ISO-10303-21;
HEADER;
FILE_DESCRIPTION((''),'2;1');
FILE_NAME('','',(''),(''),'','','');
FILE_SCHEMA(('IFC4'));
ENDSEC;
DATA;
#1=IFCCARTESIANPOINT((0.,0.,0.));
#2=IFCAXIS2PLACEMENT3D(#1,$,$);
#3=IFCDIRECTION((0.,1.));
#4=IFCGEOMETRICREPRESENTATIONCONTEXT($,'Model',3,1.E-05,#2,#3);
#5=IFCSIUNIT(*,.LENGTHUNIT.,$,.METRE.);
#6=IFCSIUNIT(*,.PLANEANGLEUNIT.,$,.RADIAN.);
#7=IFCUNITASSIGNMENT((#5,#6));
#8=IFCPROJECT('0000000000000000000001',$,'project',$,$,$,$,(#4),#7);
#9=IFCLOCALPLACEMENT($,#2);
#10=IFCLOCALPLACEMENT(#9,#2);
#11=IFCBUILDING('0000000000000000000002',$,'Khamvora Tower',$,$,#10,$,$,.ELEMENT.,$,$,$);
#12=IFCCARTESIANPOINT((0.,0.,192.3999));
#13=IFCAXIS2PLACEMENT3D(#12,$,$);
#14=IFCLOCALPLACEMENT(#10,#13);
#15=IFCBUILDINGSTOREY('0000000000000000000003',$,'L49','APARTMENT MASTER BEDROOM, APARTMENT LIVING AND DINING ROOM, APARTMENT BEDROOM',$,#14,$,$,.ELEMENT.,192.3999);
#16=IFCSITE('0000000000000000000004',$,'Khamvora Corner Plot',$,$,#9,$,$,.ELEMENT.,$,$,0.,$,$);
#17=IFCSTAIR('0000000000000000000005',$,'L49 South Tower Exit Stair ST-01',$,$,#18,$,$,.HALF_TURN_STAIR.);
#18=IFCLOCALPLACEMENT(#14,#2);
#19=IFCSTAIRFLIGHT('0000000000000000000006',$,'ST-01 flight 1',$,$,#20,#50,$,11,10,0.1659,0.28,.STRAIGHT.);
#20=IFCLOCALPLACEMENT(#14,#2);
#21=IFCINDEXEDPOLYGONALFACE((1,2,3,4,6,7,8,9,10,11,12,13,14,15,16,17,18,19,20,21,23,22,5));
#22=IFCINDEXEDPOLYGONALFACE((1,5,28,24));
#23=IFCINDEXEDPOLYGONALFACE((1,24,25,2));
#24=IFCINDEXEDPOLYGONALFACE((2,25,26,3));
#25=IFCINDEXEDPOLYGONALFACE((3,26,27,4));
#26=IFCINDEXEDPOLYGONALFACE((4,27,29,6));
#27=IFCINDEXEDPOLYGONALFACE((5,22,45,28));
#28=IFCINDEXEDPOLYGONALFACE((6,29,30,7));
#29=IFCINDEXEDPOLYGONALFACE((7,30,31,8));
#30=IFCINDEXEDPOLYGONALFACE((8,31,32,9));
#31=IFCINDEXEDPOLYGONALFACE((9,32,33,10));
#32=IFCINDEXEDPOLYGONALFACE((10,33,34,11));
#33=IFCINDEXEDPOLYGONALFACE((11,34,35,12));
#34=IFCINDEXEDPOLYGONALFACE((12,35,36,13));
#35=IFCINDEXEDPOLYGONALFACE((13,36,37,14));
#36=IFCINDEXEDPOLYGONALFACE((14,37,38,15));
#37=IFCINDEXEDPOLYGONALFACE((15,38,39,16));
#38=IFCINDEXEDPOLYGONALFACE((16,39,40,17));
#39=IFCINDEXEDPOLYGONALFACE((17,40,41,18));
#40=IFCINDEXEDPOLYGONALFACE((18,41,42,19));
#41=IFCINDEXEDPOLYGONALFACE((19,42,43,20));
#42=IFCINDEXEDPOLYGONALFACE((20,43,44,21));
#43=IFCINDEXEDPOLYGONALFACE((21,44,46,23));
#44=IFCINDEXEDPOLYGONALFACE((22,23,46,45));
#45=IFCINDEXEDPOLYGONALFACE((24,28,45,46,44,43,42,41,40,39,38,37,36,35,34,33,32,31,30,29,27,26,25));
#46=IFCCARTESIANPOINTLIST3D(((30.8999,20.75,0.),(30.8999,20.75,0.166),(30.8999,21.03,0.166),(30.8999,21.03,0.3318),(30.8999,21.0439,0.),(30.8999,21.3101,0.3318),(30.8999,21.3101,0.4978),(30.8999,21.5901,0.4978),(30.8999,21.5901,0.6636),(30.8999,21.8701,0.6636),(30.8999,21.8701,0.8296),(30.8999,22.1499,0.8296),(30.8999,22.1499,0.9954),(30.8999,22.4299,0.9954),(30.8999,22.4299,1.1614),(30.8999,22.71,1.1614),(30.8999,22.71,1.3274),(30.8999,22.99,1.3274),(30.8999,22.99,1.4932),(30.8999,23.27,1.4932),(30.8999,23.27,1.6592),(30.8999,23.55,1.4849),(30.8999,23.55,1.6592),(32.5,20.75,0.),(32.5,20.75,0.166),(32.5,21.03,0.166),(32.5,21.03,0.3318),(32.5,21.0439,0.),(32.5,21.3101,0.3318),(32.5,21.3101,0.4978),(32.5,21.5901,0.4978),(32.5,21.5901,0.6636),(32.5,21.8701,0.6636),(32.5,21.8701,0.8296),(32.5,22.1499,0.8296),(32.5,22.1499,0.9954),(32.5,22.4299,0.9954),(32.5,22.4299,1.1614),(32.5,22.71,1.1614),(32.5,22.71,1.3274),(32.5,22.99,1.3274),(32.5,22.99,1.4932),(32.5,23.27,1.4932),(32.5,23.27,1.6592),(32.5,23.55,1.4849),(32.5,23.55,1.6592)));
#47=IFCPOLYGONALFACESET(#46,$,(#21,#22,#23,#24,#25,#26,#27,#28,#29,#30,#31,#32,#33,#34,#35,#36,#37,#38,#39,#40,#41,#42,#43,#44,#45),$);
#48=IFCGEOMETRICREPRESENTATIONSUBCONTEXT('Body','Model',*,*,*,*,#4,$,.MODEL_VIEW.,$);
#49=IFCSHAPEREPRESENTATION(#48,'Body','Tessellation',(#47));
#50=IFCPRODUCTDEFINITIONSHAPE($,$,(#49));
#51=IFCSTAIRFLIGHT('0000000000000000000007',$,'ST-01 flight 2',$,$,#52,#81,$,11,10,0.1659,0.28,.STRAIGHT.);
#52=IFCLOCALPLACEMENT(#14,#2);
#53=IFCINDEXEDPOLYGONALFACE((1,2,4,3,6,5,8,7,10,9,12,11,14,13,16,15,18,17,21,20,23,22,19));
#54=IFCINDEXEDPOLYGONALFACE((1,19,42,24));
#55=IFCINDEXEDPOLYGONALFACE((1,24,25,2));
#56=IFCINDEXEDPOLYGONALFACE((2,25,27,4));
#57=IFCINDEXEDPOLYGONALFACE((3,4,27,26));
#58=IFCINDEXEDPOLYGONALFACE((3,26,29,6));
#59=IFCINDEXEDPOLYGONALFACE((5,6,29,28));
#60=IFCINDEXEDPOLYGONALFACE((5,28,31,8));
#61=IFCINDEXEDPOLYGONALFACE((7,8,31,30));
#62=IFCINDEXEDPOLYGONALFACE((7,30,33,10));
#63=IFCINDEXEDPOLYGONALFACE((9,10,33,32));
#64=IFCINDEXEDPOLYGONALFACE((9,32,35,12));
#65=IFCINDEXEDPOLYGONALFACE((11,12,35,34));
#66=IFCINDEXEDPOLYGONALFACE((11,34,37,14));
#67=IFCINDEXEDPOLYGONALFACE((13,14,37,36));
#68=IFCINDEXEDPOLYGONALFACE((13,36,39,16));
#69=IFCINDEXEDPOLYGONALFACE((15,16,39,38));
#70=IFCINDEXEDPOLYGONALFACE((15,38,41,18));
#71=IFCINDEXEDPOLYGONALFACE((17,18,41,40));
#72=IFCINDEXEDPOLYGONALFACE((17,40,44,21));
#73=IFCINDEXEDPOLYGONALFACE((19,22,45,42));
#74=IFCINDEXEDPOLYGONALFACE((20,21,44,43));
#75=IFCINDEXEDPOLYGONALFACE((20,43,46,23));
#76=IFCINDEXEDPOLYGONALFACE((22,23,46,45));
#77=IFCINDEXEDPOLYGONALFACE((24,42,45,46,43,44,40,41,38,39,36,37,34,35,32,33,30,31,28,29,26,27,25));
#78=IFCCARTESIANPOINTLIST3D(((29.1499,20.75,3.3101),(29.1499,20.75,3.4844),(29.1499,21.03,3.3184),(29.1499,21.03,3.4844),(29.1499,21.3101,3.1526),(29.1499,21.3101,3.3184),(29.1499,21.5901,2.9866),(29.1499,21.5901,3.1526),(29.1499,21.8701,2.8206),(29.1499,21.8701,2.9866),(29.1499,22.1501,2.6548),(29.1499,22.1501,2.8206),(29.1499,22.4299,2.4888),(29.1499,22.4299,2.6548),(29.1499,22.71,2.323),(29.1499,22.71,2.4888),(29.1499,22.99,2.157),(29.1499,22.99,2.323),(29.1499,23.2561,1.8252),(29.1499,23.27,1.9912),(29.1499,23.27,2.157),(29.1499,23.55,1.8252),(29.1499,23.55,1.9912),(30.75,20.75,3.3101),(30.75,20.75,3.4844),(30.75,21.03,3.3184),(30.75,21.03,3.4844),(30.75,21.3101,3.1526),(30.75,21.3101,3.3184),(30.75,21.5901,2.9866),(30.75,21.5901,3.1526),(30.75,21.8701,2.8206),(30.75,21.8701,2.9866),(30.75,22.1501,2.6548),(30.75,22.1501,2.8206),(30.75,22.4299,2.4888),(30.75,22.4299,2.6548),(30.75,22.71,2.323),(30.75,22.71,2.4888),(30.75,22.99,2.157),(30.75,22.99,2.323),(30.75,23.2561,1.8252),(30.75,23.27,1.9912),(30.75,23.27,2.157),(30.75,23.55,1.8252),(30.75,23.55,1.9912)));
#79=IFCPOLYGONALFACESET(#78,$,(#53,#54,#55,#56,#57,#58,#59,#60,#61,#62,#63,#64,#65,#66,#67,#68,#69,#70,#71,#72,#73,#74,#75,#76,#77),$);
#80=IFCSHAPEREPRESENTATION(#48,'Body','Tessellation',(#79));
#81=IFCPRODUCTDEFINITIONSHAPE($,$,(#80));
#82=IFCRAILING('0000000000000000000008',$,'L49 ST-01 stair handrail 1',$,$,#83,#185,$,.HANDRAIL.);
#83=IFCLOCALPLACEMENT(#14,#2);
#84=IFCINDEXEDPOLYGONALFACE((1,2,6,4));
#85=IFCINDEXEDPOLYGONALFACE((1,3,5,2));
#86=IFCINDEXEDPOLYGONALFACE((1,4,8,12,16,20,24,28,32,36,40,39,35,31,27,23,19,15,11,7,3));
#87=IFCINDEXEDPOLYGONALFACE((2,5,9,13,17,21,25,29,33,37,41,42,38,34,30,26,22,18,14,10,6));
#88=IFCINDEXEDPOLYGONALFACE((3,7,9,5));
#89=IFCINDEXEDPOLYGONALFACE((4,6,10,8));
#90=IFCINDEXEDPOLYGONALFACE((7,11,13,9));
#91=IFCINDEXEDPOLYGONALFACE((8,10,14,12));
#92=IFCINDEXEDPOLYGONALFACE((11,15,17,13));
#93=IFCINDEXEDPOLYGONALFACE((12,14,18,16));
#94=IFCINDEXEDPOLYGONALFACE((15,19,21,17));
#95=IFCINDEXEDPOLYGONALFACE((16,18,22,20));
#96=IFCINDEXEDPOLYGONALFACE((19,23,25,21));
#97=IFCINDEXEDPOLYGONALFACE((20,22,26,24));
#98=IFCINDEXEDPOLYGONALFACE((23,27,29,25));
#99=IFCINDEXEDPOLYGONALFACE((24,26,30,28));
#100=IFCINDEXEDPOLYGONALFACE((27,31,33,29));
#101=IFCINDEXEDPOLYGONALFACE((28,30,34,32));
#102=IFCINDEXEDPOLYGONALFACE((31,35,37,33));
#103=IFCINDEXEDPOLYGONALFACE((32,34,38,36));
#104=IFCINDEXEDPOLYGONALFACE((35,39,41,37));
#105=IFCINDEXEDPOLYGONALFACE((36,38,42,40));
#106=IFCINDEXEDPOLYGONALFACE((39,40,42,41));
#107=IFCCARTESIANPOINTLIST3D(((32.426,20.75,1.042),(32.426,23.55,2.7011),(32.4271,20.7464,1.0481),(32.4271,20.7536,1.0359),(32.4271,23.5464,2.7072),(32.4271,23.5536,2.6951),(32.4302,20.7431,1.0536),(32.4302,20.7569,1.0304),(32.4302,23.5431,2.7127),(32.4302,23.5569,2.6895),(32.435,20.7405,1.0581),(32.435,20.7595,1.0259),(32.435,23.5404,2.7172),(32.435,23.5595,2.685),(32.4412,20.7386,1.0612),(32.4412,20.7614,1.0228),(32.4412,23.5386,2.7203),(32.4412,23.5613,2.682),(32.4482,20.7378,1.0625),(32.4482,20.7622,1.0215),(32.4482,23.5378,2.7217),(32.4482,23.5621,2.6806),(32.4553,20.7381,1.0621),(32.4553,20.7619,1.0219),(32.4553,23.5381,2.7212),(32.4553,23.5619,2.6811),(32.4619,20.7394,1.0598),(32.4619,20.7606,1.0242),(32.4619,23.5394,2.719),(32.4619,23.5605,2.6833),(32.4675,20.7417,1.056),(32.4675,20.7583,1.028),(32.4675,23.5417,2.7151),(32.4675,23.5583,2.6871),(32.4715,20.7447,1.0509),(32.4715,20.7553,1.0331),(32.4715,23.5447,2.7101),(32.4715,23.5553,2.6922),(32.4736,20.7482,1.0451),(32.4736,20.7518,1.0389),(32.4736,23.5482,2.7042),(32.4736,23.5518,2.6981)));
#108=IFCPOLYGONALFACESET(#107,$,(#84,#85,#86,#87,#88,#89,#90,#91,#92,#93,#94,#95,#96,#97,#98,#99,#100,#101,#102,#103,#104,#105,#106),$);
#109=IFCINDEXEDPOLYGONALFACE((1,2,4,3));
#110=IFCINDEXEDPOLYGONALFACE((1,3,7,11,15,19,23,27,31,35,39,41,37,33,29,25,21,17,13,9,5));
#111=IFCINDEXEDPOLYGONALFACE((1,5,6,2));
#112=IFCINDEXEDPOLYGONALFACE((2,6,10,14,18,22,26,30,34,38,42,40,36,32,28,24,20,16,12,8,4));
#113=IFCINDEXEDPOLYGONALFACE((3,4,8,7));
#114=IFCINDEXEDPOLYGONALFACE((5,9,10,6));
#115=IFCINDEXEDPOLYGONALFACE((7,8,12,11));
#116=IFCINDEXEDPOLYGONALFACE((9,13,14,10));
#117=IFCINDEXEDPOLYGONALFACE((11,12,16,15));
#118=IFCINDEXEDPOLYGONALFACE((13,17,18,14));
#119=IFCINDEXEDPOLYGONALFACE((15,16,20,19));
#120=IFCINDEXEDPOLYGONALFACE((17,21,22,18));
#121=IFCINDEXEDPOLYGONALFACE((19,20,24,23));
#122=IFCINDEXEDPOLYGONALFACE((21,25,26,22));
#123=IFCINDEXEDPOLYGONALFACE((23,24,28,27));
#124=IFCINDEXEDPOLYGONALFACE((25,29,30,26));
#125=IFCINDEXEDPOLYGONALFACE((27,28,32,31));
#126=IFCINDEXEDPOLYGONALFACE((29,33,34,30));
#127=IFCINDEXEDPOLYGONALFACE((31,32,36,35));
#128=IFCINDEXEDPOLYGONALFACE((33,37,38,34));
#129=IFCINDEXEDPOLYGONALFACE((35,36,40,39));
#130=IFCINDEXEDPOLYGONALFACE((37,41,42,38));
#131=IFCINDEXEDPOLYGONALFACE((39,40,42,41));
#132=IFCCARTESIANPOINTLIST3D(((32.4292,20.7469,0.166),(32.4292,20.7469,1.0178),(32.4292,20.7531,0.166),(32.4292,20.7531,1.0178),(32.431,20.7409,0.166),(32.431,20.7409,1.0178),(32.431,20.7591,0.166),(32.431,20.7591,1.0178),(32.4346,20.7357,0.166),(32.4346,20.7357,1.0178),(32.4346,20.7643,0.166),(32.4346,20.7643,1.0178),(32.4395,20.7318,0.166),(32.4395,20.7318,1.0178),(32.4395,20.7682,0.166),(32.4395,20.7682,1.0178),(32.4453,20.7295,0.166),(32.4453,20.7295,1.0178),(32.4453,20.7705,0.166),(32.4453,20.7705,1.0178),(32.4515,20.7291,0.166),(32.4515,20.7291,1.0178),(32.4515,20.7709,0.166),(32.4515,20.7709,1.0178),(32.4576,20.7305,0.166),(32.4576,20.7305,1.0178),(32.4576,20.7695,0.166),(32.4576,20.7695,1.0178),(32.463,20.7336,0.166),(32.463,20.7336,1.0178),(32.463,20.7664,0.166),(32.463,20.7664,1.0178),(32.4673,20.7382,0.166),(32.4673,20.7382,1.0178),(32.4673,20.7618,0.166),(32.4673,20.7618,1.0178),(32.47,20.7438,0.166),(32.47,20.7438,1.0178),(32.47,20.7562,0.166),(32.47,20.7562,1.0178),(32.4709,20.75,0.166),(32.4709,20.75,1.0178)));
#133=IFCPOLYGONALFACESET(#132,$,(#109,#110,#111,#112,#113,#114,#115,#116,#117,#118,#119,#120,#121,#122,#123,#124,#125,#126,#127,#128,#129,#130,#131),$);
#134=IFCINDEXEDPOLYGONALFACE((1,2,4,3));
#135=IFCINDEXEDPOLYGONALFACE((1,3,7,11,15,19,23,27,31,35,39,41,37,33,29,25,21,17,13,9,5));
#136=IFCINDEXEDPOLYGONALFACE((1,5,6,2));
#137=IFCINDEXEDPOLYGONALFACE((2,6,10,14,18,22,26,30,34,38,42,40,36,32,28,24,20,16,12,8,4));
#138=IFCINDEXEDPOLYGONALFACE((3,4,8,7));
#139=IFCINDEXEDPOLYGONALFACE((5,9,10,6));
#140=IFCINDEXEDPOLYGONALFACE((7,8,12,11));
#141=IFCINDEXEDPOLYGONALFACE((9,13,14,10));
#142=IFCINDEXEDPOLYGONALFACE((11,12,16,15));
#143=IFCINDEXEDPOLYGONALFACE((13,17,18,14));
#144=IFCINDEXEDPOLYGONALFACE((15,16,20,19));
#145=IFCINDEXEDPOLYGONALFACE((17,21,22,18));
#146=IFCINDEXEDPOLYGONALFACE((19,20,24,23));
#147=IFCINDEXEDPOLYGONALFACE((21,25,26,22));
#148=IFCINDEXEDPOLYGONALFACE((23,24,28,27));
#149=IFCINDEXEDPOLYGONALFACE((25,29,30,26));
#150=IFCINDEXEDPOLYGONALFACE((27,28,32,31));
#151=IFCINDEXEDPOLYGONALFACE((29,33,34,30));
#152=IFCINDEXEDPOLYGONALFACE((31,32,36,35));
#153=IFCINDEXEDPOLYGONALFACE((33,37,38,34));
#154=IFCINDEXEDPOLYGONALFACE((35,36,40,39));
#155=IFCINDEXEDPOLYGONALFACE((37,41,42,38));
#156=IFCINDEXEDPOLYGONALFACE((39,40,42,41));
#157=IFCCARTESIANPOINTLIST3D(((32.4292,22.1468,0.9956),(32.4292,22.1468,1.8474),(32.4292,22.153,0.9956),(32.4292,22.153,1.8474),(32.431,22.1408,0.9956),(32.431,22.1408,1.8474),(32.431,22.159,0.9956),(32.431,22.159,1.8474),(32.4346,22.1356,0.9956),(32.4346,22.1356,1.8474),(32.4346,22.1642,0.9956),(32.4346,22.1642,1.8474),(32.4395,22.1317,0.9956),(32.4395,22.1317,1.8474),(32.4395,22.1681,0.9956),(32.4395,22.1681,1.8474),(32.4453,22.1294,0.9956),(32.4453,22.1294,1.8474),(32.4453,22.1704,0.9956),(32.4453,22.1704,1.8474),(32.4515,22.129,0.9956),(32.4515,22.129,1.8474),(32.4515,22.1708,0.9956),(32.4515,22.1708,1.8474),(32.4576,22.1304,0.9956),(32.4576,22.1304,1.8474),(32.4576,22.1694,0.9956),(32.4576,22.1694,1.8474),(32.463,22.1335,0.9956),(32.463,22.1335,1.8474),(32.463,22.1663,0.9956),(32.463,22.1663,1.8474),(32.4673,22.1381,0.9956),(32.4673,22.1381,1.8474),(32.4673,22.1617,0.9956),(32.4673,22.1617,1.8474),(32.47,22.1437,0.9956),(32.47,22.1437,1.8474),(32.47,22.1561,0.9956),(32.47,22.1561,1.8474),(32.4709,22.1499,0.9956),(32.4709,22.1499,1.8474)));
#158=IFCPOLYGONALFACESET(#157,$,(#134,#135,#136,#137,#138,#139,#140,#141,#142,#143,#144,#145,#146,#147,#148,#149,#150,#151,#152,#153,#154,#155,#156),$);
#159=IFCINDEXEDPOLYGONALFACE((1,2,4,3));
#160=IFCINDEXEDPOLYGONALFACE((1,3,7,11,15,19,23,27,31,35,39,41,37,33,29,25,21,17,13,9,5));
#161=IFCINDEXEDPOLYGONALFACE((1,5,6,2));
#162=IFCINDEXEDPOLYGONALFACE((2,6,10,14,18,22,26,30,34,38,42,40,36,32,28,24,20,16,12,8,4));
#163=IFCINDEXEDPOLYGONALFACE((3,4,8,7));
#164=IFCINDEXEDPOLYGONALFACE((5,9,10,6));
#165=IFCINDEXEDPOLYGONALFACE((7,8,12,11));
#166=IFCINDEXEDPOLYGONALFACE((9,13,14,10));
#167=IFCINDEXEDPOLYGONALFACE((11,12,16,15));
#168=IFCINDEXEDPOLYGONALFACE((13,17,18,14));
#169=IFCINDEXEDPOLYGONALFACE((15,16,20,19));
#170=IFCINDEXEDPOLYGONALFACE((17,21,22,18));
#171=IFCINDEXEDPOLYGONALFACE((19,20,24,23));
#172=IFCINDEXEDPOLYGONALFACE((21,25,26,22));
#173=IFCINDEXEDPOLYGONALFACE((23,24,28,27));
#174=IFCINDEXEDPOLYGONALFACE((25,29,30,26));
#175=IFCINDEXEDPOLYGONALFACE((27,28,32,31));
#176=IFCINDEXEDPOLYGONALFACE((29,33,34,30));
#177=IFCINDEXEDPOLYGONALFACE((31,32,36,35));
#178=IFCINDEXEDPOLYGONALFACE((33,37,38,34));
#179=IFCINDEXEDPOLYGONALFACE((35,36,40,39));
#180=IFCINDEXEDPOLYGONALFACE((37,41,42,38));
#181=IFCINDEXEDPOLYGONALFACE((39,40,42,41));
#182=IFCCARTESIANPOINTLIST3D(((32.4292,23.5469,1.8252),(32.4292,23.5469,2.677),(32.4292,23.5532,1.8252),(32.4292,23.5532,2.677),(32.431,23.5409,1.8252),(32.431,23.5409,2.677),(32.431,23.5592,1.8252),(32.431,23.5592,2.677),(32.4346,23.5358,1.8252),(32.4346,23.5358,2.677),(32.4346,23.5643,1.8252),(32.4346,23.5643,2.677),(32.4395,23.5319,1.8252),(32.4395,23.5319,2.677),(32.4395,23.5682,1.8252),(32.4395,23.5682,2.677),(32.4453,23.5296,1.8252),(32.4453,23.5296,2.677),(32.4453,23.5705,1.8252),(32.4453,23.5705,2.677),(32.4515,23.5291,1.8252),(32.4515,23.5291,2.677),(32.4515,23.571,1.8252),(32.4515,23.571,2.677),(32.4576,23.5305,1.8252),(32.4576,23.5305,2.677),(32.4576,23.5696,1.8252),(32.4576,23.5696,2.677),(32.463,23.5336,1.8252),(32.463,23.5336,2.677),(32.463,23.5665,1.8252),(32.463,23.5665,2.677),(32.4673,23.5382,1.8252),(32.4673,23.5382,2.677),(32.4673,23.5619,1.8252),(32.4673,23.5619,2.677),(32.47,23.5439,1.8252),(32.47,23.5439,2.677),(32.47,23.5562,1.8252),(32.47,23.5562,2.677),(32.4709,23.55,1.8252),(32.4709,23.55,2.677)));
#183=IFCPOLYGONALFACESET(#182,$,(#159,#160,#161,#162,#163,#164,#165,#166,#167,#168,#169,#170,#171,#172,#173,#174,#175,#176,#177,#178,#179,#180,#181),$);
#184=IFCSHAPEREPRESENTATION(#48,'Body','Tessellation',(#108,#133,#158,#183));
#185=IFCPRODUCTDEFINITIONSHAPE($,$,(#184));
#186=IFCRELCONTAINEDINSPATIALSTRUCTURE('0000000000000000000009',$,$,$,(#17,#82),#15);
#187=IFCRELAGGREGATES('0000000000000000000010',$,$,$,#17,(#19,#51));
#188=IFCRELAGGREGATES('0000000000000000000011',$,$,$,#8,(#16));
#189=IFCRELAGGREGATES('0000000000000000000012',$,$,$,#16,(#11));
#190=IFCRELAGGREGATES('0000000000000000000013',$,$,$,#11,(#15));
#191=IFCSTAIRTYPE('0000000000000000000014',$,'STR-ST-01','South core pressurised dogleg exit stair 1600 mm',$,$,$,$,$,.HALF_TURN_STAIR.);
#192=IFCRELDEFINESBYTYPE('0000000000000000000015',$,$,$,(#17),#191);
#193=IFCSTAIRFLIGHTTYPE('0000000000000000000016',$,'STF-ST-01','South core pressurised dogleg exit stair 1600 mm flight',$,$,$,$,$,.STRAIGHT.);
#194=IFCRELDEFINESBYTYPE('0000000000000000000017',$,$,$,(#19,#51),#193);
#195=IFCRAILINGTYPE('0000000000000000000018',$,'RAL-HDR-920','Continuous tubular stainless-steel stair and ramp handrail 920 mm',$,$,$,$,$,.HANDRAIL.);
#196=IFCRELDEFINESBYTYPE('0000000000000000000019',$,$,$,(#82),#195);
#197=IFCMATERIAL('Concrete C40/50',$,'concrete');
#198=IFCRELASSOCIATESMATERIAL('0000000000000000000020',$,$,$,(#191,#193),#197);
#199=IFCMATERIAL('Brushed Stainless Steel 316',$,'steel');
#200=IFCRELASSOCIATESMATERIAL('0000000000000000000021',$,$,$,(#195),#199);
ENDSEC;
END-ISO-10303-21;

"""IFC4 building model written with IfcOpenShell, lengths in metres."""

from ifc_helpers import new_model, si_unit, direction, frame, origin, origin_2d, place, context, subcontext, project, spatial, polyline, circle, outline, extrude, material, type_object, element, aggregate, save


model = new_model("IFC4")

# Units and contexts
model_context = context("Model", 3, precision=1e-05, world=origin(), true_north=direction((0.0, 1.0)))
body_context = subcontext(model_context, "Body", "Model", "MODEL_VIEW")
ifc_project = project(units=[si_unit("LENGTHUNIT", "METRE"), si_unit("PLANEANGLEUNIT", "RADIAN")], contexts=[model_context])

# Site, building, storey
site_placement = place(None, origin())
site = spatial("IfcSite", under=ifc_project, at=site_placement, Name="Khamvora Corner Plot", CompositionType="ELEMENT", RefElevation=0.0)
building_placement = place(site_placement, origin())
building = spatial("IfcBuilding", under=site, at=building_placement, Name="Khamvora Tower", CompositionType="ELEMENT")
storey_placement = place(building_placement, frame((0.0, 0.0, 192.3999)))
storey = spatial("IfcBuildingStorey", under=building, at=storey_placement, Name="L49", Description="APARTMENT MASTER BEDROOM, APARTMENT LIVING AND DINING ROOM, APARTMENT BEDROOM", CompositionType="ELEMENT", Elevation=192.3999)

# Stair, stair flights
ifc_material_1 = material(Name="Concrete C40/50", Category="concrete")
stair_type = type_object("IfcStairType", Name="STR-ST-01", Description="South core pressurised dogleg exit stair 1600 mm", PredefinedType="HALF_TURN_STAIR", material=ifc_material_1)
stair_placement = place(storey_placement, origin())
stair = element("IfcStair", 1, at=stair_placement, inside=storey, type_object=stair_type, Name="L49 South Tower Exit Stair ST-01", PredefinedType="HALF_TURN_STAIR")
stair_flight_type = type_object("IfcStairFlightType", Name="STF-ST-01", Description="South core pressurised dogleg exit stair 1600 mm flight", PredefinedType="STRAIGHT", material=ifc_material_1)
stair_flight_1_placement = place(storey_placement, frame((31.7, 20.75, 0.0), z_axis=(0.0, 0.0, 1.0), x_axis=(0.0, 1.0, 0.0)))
stair_flight_1 = element("IfcStairFlight", 2, at=stair_flight_1_placement, type_object=stair_flight_type, Name="ST-01 flight 1", NumberOfRisers=11, NumberOfTreads=10, PredefinedType="STRAIGHT", RiserHeight=0.1659, TreadLength=0.28, context=body_context, shape_type="SweptSolid", body=[
    extrude(outline(polyline([(0.0, 0.0), (0.0, 0.166), (0.28, 0.166), (0.28, 0.3318), (0.5601, 0.3318), (0.5601, 0.4978), (0.8401, 0.4978), (0.8401, 0.6636), (1.1201, 0.6636), (1.1201, 0.8296), (1.3999, 0.8296), (1.3999, 0.9954), (1.6799, 0.9954), (1.6799, 1.1614), (1.96, 1.1614), (1.96, 1.3274), (2.24, 1.3274), (2.24, 1.4932), (2.52, 1.4932), (2.52, 1.6592), (2.8, 1.6592), (2.8, 1.825), (2.8, 1.4849), (0.2939, 0.0), (0.0, 0.0)])), frame((0.0, 0.8, 0.0), z_axis=(0.0, -1.0, 0.0), x_axis=(1.0, 0.0, 0.0)), (0.0, 0.0, 1.0), 1.6001),
])
stair_flight_2_placement = place(storey_placement, frame((29.95, 23.55, 1.8252), z_axis=(0.0, 0.0, 1.0), x_axis=(0.0, -1.0, 0.0)))
stair_flight_2 = element("IfcStairFlight", 3, at=stair_flight_2_placement, type_object=stair_flight_type, Name="ST-01 flight 2", NumberOfRisers=11, NumberOfTreads=10, PredefinedType="STRAIGHT", RiserHeight=0.1659, TreadLength=0.28, context=body_context, shape_type="SweptSolid", body=[
    extrude(outline(polyline([(0.0, 0.0), (0.0, 0.166), (0.28, 0.166), (0.28, 0.3318), (0.5601, 0.3318), (0.5601, 0.4978), (0.8401, 0.4978), (0.8401, 0.6636), (1.1201, 0.6636), (1.1201, 0.8296), (1.3999, 0.8296), (1.3999, 0.9954), (1.6799, 0.9954), (1.6799, 1.1614), (1.96, 1.1614), (1.96, 1.3274), (2.24, 1.3274), (2.24, 1.4932), (2.52, 1.4932), (2.52, 1.6592), (2.8, 1.6592), (2.8, 1.825), (2.8, 1.4849), (0.2939, 0.0), (0.0, 0.0)])), frame((0.0, 0.8, 0.0), z_axis=(0.0, -1.0, 0.0), x_axis=(1.0, 0.0, 0.0)), (0.0, 0.0, 1.0), 1.6001),
])
aggregate(stair, [stair_flight_1, stair_flight_2])

# Railing
ifc_material_2 = material(Name="Brushed Stainless Steel 316", Category="steel")
railing_type_1 = type_object("IfcRailingType", Name="RAL-HDR-920", Description="Continuous tubular stainless-steel stair and ramp handrail 920 mm", PredefinedType="HANDRAIL", material=ifc_material_2)
railing_1_placement = place(storey_placement, frame((32.45, 20.75, 0.166)))
element("IfcRailing", 4, at=railing_1_placement, inside=storey, type_object=railing_type_1, Name="L49 ST-01 stair handrail 1", PredefinedType="HANDRAIL", context=body_context, shape_type="SweptSolid", body=[
    extrude(circle(Radius=0.0239, at=origin_2d()), frame((0.0, 0.0, 0.876), z_axis=(0.0, 0.860306, 0.509778), x_axis=(-1.0, 0.0, 0.0)), (0.0, 0.0, 1.0), 3.2546),
    extrude(circle(Radius=0.021, at=origin_2d()), origin(), (0.0, 0.0, 1.0), 0.8518),
    extrude(circle(Radius=0.021, at=origin_2d()), frame((0.0, 1.3999, 0.8296)), (0.0, 0.0, 1.0), 0.8518),
    extrude(circle(Radius=0.021, at=origin_2d()), frame((0.0, 2.8, 1.6592)), (0.0, 0.0, 1.0), 0.8518),
])

save(model, "model.ifc")
